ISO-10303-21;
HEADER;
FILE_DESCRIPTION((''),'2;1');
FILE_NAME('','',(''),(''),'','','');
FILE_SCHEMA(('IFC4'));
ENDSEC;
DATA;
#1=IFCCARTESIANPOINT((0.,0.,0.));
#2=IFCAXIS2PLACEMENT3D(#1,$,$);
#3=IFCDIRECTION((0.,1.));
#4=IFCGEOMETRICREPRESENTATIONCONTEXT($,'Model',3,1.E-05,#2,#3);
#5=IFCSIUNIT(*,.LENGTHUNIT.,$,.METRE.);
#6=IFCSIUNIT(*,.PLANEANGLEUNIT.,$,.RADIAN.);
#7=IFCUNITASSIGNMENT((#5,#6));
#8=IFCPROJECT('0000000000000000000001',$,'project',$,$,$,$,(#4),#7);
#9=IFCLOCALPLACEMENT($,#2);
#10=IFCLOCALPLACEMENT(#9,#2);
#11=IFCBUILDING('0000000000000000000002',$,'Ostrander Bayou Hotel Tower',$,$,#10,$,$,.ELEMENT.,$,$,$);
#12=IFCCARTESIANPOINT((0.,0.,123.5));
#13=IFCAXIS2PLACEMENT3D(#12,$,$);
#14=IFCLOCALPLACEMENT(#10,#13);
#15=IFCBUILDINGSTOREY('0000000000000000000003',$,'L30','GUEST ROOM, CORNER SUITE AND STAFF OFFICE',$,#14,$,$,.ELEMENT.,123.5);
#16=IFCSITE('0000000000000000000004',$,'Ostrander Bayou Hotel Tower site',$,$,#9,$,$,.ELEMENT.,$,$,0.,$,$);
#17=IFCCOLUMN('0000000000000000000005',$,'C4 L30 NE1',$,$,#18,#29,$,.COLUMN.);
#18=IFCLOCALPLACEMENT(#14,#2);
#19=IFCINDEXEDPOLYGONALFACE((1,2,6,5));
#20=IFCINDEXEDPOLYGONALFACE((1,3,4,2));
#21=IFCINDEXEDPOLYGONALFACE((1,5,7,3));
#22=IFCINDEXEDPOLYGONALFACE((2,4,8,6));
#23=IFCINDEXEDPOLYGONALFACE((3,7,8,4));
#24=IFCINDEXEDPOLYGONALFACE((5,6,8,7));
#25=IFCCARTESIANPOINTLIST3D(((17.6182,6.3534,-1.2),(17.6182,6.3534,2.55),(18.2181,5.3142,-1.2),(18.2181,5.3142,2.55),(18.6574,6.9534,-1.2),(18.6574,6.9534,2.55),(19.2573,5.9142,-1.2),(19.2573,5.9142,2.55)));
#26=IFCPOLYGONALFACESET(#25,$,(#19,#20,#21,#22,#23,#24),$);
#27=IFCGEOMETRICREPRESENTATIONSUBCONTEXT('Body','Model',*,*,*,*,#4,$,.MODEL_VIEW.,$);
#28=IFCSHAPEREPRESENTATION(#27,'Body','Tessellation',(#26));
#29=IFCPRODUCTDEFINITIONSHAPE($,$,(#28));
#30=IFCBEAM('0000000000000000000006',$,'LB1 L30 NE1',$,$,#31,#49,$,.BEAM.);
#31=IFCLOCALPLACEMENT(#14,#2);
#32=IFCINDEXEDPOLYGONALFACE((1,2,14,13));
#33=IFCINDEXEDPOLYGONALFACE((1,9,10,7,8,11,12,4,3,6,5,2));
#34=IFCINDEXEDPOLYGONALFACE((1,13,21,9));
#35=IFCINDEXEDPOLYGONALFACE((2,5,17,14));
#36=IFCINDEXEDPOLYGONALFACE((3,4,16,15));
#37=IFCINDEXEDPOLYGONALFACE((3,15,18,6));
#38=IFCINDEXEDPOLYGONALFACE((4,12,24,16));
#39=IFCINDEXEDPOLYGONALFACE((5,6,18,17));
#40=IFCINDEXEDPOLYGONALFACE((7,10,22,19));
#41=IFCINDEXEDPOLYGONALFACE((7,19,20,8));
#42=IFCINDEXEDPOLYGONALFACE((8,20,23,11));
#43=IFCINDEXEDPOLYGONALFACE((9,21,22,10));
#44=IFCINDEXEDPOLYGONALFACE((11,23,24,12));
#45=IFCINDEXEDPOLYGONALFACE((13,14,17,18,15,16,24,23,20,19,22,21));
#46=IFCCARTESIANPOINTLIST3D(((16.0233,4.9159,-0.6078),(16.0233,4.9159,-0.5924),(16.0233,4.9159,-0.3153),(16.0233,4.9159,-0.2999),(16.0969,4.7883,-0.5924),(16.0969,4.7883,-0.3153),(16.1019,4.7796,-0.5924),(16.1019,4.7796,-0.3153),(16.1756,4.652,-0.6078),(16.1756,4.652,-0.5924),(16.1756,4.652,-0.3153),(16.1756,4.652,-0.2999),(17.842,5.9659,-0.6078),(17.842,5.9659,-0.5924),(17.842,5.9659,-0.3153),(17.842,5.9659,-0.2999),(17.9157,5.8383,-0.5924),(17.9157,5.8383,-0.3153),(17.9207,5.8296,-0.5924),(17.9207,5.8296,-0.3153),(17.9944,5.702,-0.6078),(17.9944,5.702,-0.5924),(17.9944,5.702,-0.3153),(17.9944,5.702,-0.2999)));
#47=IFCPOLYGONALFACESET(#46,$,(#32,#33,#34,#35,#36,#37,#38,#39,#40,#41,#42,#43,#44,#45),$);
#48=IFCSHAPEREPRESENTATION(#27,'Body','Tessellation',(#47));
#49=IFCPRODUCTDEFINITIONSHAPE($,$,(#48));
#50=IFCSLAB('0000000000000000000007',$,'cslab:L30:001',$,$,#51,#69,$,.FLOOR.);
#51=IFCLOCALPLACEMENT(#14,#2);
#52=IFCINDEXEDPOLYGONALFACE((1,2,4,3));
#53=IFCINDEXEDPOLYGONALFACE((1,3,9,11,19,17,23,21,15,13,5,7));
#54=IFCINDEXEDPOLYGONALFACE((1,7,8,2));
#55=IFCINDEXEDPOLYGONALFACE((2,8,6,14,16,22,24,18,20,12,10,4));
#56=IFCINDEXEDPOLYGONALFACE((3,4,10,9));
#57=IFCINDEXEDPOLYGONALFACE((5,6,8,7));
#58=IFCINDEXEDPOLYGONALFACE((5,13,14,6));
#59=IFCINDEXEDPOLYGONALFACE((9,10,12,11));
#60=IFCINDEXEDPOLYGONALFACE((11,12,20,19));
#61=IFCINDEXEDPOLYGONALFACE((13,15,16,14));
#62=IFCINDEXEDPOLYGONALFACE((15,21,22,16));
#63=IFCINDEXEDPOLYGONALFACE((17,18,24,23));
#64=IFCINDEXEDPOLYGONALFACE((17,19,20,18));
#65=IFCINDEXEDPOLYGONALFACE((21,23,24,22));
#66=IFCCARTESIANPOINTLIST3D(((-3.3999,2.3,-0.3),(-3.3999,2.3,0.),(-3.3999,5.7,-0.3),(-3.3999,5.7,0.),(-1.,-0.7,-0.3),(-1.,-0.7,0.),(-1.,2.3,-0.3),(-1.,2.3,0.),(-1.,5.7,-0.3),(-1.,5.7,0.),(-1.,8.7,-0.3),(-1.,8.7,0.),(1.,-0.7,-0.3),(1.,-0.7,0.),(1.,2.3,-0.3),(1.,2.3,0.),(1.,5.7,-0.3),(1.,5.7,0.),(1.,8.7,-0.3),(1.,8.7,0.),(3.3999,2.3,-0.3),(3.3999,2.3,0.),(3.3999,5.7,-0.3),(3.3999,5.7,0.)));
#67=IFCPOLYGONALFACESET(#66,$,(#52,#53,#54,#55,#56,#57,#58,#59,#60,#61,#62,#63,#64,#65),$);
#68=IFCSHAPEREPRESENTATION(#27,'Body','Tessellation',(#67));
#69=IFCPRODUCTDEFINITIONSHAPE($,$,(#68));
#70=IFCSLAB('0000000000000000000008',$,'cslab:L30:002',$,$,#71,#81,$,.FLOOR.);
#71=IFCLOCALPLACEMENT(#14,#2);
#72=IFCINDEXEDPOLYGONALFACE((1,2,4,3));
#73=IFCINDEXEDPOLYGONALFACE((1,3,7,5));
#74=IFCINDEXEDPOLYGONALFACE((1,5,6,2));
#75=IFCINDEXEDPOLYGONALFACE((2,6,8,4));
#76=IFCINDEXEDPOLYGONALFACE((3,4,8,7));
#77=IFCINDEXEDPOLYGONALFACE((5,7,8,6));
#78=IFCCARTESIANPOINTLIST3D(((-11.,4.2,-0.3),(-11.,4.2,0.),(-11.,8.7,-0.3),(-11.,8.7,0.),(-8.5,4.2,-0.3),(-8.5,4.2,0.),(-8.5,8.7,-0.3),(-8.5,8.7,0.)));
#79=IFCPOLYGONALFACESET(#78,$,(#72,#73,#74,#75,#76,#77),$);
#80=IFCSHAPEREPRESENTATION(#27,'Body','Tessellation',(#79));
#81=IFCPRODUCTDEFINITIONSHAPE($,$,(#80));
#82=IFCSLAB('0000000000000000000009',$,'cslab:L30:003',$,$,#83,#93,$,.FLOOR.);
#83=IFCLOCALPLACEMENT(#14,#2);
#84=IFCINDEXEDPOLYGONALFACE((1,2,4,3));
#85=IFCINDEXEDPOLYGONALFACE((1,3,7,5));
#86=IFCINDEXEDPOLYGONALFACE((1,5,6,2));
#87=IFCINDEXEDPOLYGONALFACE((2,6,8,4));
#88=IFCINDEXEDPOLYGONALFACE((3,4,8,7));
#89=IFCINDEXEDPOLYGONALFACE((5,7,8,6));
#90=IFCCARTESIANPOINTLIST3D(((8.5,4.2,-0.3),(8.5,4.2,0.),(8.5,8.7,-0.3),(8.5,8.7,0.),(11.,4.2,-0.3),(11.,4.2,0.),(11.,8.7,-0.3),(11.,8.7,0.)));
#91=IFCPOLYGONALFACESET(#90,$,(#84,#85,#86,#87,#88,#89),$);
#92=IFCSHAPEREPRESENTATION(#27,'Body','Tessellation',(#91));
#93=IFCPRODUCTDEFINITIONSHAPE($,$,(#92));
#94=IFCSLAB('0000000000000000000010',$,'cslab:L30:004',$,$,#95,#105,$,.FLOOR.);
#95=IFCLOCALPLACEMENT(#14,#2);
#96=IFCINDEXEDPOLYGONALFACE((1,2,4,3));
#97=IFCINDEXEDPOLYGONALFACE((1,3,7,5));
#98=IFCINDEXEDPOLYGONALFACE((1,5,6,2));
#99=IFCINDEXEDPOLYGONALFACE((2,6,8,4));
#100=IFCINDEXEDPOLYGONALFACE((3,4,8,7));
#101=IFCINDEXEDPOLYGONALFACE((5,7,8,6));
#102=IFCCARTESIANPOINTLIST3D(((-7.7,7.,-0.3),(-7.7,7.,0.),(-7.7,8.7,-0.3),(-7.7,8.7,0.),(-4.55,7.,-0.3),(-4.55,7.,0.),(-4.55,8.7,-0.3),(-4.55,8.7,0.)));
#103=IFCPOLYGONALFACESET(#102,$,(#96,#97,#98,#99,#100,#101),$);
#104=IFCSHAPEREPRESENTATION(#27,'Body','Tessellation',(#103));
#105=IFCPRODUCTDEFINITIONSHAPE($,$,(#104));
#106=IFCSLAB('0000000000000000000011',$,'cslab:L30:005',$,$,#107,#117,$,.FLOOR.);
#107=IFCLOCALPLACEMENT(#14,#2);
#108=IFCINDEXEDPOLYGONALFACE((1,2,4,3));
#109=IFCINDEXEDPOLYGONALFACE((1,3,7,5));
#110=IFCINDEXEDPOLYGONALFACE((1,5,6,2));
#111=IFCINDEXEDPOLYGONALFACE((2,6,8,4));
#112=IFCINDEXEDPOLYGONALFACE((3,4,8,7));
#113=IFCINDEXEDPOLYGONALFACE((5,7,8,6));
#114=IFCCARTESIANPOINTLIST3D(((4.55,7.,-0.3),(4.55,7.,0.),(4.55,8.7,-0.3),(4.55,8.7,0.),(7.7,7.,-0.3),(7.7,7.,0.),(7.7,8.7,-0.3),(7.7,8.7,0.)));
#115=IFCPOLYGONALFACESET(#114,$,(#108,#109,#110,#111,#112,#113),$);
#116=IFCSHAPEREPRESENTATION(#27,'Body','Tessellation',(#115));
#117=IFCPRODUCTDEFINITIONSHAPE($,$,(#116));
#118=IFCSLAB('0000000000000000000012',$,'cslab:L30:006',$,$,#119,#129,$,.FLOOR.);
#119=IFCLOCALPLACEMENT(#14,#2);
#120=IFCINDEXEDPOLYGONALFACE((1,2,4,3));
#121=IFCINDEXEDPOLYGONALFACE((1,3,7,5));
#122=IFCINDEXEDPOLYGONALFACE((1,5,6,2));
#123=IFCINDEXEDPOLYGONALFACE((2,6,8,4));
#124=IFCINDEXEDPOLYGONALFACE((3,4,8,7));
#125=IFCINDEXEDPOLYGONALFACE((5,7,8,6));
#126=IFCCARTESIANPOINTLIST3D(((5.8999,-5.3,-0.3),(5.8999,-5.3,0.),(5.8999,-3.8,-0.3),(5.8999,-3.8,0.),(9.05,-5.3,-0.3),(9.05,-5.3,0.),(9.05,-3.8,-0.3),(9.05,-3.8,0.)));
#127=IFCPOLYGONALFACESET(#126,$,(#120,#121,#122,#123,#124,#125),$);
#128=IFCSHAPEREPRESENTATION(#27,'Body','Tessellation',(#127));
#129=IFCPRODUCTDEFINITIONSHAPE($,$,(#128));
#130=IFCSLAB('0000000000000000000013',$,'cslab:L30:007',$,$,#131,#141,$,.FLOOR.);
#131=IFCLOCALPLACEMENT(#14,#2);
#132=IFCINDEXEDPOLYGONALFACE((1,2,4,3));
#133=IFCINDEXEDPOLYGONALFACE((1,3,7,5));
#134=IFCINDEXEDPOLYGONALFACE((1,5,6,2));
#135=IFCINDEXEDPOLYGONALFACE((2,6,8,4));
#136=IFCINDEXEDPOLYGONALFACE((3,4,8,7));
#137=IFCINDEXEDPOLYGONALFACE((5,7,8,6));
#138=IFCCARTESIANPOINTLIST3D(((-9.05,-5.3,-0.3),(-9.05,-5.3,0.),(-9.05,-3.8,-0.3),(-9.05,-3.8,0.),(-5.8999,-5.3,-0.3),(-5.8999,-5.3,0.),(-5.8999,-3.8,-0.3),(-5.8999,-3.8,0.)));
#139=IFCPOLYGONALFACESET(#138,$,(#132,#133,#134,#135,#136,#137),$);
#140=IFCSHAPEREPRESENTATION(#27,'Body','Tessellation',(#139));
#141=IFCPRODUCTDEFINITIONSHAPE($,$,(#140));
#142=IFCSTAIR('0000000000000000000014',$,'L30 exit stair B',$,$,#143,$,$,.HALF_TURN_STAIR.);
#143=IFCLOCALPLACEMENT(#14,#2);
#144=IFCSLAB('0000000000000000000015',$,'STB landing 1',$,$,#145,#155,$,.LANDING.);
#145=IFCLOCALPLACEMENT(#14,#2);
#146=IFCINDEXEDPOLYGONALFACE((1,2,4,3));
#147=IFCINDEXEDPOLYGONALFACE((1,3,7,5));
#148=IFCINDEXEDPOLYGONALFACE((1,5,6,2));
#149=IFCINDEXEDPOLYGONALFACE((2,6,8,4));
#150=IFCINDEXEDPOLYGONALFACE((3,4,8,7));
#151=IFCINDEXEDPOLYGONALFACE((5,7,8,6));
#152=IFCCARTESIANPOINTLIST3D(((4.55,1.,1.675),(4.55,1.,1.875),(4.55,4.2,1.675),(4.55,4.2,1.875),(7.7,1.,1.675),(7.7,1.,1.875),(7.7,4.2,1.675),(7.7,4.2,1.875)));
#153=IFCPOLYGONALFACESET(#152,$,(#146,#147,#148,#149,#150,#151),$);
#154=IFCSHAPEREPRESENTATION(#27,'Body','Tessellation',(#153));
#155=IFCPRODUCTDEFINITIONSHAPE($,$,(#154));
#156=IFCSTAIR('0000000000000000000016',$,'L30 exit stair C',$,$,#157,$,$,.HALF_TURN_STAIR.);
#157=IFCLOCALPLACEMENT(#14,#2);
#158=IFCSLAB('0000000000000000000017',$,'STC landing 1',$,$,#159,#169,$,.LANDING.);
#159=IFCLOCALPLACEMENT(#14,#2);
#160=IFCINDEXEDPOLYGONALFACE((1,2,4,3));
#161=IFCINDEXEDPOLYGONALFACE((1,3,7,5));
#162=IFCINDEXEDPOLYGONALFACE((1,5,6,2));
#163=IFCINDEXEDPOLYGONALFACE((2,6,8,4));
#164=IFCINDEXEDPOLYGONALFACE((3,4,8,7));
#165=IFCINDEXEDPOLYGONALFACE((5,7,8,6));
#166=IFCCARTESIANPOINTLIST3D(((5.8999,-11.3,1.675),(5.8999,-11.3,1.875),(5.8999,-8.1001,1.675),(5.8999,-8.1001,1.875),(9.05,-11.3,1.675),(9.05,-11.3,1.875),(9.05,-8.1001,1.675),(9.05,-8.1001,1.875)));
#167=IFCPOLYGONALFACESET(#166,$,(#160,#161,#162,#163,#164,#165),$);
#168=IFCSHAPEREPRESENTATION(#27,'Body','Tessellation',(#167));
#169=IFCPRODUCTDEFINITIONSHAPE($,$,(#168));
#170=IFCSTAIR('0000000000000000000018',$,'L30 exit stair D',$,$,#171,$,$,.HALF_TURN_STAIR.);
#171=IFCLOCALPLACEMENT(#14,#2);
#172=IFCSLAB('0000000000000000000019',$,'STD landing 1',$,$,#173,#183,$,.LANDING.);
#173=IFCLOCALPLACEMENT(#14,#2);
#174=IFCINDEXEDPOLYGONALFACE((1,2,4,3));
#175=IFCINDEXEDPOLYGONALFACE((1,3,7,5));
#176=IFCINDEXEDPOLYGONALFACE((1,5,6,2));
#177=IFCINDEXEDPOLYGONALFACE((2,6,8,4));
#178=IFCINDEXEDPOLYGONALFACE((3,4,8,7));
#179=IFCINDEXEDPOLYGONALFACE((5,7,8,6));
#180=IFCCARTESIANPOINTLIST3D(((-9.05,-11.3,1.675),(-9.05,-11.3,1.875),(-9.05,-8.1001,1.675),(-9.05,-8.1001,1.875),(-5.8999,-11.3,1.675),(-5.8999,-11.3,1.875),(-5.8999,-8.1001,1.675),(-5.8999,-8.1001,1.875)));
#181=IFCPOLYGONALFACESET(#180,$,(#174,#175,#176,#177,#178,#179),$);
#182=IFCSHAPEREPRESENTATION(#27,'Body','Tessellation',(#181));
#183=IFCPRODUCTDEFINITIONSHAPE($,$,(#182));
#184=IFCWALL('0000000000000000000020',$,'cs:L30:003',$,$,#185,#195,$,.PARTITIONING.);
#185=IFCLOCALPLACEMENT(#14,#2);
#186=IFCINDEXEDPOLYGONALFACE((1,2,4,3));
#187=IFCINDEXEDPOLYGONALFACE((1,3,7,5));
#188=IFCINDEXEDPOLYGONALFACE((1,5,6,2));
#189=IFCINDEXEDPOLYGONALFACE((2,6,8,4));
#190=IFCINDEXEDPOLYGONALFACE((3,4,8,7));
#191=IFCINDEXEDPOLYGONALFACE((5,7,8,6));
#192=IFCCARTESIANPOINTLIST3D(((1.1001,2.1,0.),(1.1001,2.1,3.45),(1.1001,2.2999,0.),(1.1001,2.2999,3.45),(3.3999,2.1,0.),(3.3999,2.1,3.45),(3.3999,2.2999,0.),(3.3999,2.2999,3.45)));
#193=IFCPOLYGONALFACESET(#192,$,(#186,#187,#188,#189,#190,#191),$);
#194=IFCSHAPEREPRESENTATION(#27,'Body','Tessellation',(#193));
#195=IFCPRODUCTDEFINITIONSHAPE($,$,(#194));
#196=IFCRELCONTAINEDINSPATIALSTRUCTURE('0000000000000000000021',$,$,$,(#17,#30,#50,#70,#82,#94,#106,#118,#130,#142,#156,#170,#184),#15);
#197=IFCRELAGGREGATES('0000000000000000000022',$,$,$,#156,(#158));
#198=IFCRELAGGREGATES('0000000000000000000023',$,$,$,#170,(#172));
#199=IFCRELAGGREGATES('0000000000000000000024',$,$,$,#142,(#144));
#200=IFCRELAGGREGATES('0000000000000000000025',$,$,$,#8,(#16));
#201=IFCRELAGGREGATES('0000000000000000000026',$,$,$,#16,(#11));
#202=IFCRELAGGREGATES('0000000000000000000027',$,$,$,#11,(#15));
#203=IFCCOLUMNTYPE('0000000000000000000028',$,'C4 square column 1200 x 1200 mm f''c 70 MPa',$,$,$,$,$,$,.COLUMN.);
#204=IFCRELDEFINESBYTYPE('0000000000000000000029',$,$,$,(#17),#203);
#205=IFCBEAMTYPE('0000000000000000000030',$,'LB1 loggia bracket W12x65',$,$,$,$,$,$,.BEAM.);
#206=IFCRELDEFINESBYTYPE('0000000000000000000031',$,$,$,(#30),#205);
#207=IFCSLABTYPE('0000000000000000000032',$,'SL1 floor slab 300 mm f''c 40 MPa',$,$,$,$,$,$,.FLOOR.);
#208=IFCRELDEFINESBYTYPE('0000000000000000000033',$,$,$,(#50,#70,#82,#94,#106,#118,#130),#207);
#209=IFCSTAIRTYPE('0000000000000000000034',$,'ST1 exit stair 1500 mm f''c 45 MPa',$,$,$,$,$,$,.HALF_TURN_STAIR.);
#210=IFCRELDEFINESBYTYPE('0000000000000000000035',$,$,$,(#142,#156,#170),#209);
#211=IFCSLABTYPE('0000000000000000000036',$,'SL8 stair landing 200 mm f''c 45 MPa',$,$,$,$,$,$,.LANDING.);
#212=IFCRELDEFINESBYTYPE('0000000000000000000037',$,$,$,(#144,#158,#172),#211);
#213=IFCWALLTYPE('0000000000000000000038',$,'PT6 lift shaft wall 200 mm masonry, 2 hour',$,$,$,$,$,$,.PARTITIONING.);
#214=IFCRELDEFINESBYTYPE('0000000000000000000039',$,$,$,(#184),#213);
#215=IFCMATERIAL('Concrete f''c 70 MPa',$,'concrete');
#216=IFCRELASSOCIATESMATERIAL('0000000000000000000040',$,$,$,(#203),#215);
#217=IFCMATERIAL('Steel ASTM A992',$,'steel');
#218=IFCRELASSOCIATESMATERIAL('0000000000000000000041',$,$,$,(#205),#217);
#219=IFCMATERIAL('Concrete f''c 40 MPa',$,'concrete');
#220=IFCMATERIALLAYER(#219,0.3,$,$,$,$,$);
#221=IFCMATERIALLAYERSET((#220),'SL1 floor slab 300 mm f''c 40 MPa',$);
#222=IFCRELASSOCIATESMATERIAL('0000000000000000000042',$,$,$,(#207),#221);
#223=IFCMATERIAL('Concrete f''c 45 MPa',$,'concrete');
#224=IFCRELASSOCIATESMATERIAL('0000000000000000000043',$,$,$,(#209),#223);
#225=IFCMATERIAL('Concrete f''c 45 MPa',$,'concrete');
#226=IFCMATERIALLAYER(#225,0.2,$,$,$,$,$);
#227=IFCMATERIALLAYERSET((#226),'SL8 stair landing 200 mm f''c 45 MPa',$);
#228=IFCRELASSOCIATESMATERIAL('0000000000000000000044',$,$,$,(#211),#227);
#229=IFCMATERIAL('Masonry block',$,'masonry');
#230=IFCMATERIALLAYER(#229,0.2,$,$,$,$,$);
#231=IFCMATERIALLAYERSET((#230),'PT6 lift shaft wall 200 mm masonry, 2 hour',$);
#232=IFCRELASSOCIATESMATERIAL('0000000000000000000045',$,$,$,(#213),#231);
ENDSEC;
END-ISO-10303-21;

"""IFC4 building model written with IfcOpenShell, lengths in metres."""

from ifc_helpers import new_model, si_unit, direction, frame, frame_2d, origin, origin_2d, place, context, subcontext, project, spatial, polyline, rectangle, i_section, outline, extrude, material, layer, layer_set, material_profile, profile_set, type_object, element, aggregate, save


model = new_model("IFC4")

# Units and contexts
model_context = context("Model", 3, precision=1e-05, world=origin(), true_north=direction((0.0, 1.0)))
body_context = subcontext(model_context, "Body", "Model", "MODEL_VIEW")
ifc_project = project(units=[si_unit("LENGTHUNIT", "METRE"), si_unit("PLANEANGLEUNIT", "RADIAN")], contexts=[model_context])

# Site, building, storey
site_placement = place(None, origin())
site = spatial("IfcSite", under=ifc_project, at=site_placement, Name="Ostrander Bayou Hotel Tower site", CompositionType="ELEMENT", RefElevation=0.0)
building_placement = place(site_placement, origin())
building = spatial("IfcBuilding", under=site, at=building_placement, Name="Ostrander Bayou Hotel Tower", CompositionType="ELEMENT")
storey_placement = place(building_placement, frame((0.0, 0.0, 123.5)))
storey = spatial("IfcBuildingStorey", under=building, at=storey_placement, Name="L30", Description="GUEST ROOM, CORNER SUITE AND STAFF OFFICE", CompositionType="ELEMENT", Elevation=123.5)

# Column
ifc_material_1 = material(Name="Concrete f'c 70 MPa", Category="concrete")
ifc_material_profile_1 = material_profile(ifc_material_1, rectangle(XDim=1.2, YDim=1.2, at=origin_2d()))
ifc_profile_set_1 = profile_set([ifc_material_profile_1], Name="Concrete f'c 70 MPa")
column_type = type_object("IfcColumnType", Name="C4 square column 1200 x 1200 mm f'c 70 MPa", PredefinedType="COLUMN", material=ifc_profile_set_1)
column_placement = place(storey_placement, frame((18.4377, 6.1338, -1.2), z_axis=(0.0, 0.0, 1.0), x_axis=(0.5, -0.866025, 0.0)))
element("IfcColumn", 1, at=column_placement, inside=storey, type_object=column_type, Name="C4 L30 NE1", PredefinedType="COLUMN", context=body_context, shape_type="SweptSolid", body=[
    extrude(rectangle(XDim=1.2, YDim=1.2, at=origin_2d()), origin(), (0.0, 0.0, 1.0), 3.75),
])

# Beam
ifc_material_2 = material(Name="Steel ASTM A992", Category="steel")
ifc_material_profile_2 = material_profile(ifc_material_2, i_section(OverallWidth=0.3047, OverallDepth=0.3079, WebThickness=0.01, FlangeThickness=0.0154, at=origin_2d()))
ifc_profile_set_2 = profile_set([ifc_material_profile_2], Name="Steel ASTM A992")
beam_type = type_object("IfcBeamType", Name="LB1 loggia bracket W12x65", PredefinedType="BEAM", material=ifc_profile_set_2)
beam_placement = place(storey_placement, frame((17.9182, 5.834, -0.4539), z_axis=(-0.866038, -0.499977, 0.0), x_axis=(0.499977, -0.866038, 0.0)))
element("IfcBeam", 2, at=beam_placement, inside=storey, type_object=beam_type, Name="LB1 L30 NE1", PredefinedType="BEAM", context=body_context, shape_type="SweptSolid", body=[
    extrude(i_section(OverallWidth=0.3047, OverallDepth=0.3079, WebThickness=0.01, FlangeThickness=0.0154, at=origin_2d()), origin(), (0.0, 0.0, 1.0), 2.1001),
])

# Slabs
ifc_material_3 = material(Name="Concrete f'c 40 MPa", Category="concrete")
ifc_layer_1 = layer(ifc_material_3, 0.3)
ifc_layer_set_1 = layer_set([ifc_layer_1], Name="SL1 floor slab 300 mm f'c 40 MPa")
slab_type_1 = type_object("IfcSlabType", Name="SL1 floor slab 300 mm f'c 40 MPa", PredefinedType="FLOOR", material=ifc_layer_set_1)
slab_1_placement = place(storey_placement, frame((0.0, 0.0, -0.3)))
element("IfcSlab", 3, at=slab_1_placement, inside=storey, type_object=slab_type_1, Name="cslab:L30:001", PredefinedType="FLOOR", context=body_context, shape_type="SweptSolid", body=[
    extrude(outline(polyline([(-3.3999, 5.7), (-1.0, 5.7), (-1.0, 8.7), (1.0, 8.7), (1.0, 5.7), (3.3999, 5.7), (3.3999, 2.3), (1.0, 2.3), (1.0, -0.7), (-1.0, -0.7), (-1.0, 2.3), (-3.3999, 2.3), (-3.3999, 5.7)])), origin(), (0.0, 0.0, 1.0), 0.3),
])
slab_2_placement = place(storey_placement, frame((0.0, 0.0, -0.3)))
element("IfcSlab", 4, at=slab_2_placement, inside=storey, type_object=slab_type_1, Name="cslab:L30:002", PredefinedType="FLOOR", context=body_context, shape_type="SweptSolid", body=[
    extrude(outline(polyline([(-8.5, 4.2), (-8.5, 8.7), (-11.0, 8.7), (-11.0, 4.2), (-8.5, 4.2)])), origin(), (0.0, 0.0, 1.0), 0.3),
])
slab_3_placement = place(storey_placement, frame((0.0, 0.0, -0.3)))
element("IfcSlab", 5, at=slab_3_placement, inside=storey, type_object=slab_type_1, Name="cslab:L30:003", PredefinedType="FLOOR", context=body_context, shape_type="SweptSolid", body=[
    extrude(outline(polyline([(11.0, 4.2), (11.0, 8.7), (8.5, 8.7), (8.5, 4.2), (11.0, 4.2)])), origin(), (0.0, 0.0, 1.0), 0.3),
])
slab_4_placement = place(storey_placement, frame((0.0, 0.0, -0.3)))
element("IfcSlab", 6, at=slab_4_placement, inside=storey, type_object=slab_type_1, Name="cslab:L30:004", PredefinedType="FLOOR", context=body_context, shape_type="SweptSolid", body=[
    extrude(outline(polyline([(-4.55, 7.0), (-4.55, 8.7), (-7.7, 8.7), (-7.7, 7.0), (-4.55, 7.0)])), origin(), (0.0, 0.0, 1.0), 0.3),
])
slab_5_placement = place(storey_placement, frame((0.0, 0.0, -0.3)))
element("IfcSlab", 7, at=slab_5_placement, inside=storey, type_object=slab_type_1, Name="cslab:L30:005", PredefinedType="FLOOR", context=body_context, shape_type="SweptSolid", body=[
    extrude(outline(polyline([(7.7, 7.0), (7.7, 8.7), (4.55, 8.7), (4.55, 7.0), (7.7, 7.0)])), origin(), (0.0, 0.0, 1.0), 0.3),
])
slab_6_placement = place(storey_placement, frame((0.0, 0.0, -0.3)))
element("IfcSlab", 8, at=slab_6_placement, inside=storey, type_object=slab_type_1, Name="cslab:L30:006", PredefinedType="FLOOR", context=body_context, shape_type="SweptSolid", body=[
    extrude(outline(polyline([(9.05, -5.3), (9.05, -3.8), (5.8999, -3.8), (5.8999, -5.3), (9.05, -5.3)])), origin(), (0.0, 0.0, 1.0), 0.3),
])
slab_7_placement = place(storey_placement, frame((0.0, 0.0, -0.3)))
element("IfcSlab", 9, at=slab_7_placement, inside=storey, type_object=slab_type_1, Name="cslab:L30:007", PredefinedType="FLOOR", context=body_context, shape_type="SweptSolid", body=[
    extrude(outline(polyline([(-5.8999, -5.3), (-5.8999, -3.8), (-9.05, -3.8), (-9.05, -5.3), (-5.8999, -5.3)])), origin(), (0.0, 0.0, 1.0), 0.3),
])

# Stairs, slabs
ifc_material_4 = material(Name="Concrete f'c 45 MPa", Category="concrete")
stair_type = type_object("IfcStairType", Name="ST1 exit stair 1500 mm f'c 45 MPa", PredefinedType="HALF_TURN_STAIR", material=ifc_material_4)
stair_1_placement = place(storey_placement, origin())
stair_1 = element("IfcStair", 10, at=stair_1_placement, inside=storey, type_object=stair_type, Name="L30 exit stair B", PredefinedType="HALF_TURN_STAIR")
ifc_material_5 = material(Name="Concrete f'c 45 MPa", Category="concrete")
ifc_layer_2 = layer(ifc_material_5, 0.2)
ifc_layer_set_2 = layer_set([ifc_layer_2], Name="SL8 stair landing 200 mm f'c 45 MPa")
slab_type_2 = type_object("IfcSlabType", Name="SL8 stair landing 200 mm f'c 45 MPa", PredefinedType="LANDING", material=ifc_layer_set_2)
slab_8_placement = place(storey_placement, frame((0.0, 0.0, 1.675)))
slab_8 = element("IfcSlab", 11, at=slab_8_placement, type_object=slab_type_2, Name="STB landing 1", PredefinedType="LANDING", context=body_context, shape_type="SweptSolid", body=[
    extrude(outline(polyline([(4.55, 4.2), (4.55, 1.0), (7.7, 1.0), (7.7, 4.2), (4.55, 4.2)])), origin(), (0.0, 0.0, 1.0), 0.2),
])
stair_2_placement = place(storey_placement, origin())
stair_2 = element("IfcStair", 12, at=stair_2_placement, inside=storey, type_object=stair_type, Name="L30 exit stair C", PredefinedType="HALF_TURN_STAIR")
slab_9_placement = place(storey_placement, frame((0.0, 0.0, 1.675)))
slab_9 = element("IfcSlab", 13, at=slab_9_placement, type_object=slab_type_2, Name="STC landing 1", PredefinedType="LANDING", context=body_context, shape_type="SweptSolid", body=[
    extrude(outline(polyline([(5.8999, -8.1001), (5.8999, -11.3), (9.05, -11.3), (9.05, -8.1001), (5.8999, -8.1001)])), origin(), (0.0, 0.0, 1.0), 0.2),
])
aggregate(stair_2, [slab_9])
stair_3_placement = place(storey_placement, origin())
stair_3 = element("IfcStair", 14, at=stair_3_placement, inside=storey, type_object=stair_type, Name="L30 exit stair D", PredefinedType="HALF_TURN_STAIR")
slab_10_placement = place(storey_placement, frame((0.0, 0.0, 1.675)))
slab_10 = element("IfcSlab", 15, at=slab_10_placement, type_object=slab_type_2, Name="STD landing 1", PredefinedType="LANDING", context=body_context, shape_type="SweptSolid", body=[
    extrude(outline(polyline([(-9.05, -8.1001), (-9.05, -11.3), (-5.8999, -11.3), (-5.8999, -8.1001), (-9.05, -8.1001)])), origin(), (0.0, 0.0, 1.0), 0.2),
])
aggregate(stair_3, [slab_10])

# Wall
ifc_material_6 = material(Name="Masonry block", Category="masonry")
ifc_layer_3 = layer(ifc_material_6, 0.2)
ifc_layer_set_3 = layer_set([ifc_layer_3], Name="PT6 lift shaft wall 200 mm masonry, 2 hour")
wall_type_1 = type_object("IfcWallType", Name="PT6 lift shaft wall 200 mm masonry, 2 hour", PredefinedType="PARTITIONING", material=ifc_layer_set_3)
for number, where, z_axis, x_axis, name in (
    (16, (1.1001, 2.2, 0.0), (0.0, 0.0, 1.0), (1.0, 0.0, 0.0), "cs:L30:003"),
):
    element("IfcWall", number, at=place(storey_placement, frame(where, z_axis=z_axis, x_axis=x_axis)), inside=storey, type_object=wall_type_1, Name=name, PredefinedType="PARTITIONING", context=body_context, shape_type="SweptSolid", body=[
        extrude(rectangle(XDim=2.2998, YDim=0.2, at=frame_2d((1.1499, 0.0))), origin(), (0.0, 0.0, 1.0), 3.45),
    ])

aggregate(stair_1, [slab_8])

save(model, "model.ifc")
